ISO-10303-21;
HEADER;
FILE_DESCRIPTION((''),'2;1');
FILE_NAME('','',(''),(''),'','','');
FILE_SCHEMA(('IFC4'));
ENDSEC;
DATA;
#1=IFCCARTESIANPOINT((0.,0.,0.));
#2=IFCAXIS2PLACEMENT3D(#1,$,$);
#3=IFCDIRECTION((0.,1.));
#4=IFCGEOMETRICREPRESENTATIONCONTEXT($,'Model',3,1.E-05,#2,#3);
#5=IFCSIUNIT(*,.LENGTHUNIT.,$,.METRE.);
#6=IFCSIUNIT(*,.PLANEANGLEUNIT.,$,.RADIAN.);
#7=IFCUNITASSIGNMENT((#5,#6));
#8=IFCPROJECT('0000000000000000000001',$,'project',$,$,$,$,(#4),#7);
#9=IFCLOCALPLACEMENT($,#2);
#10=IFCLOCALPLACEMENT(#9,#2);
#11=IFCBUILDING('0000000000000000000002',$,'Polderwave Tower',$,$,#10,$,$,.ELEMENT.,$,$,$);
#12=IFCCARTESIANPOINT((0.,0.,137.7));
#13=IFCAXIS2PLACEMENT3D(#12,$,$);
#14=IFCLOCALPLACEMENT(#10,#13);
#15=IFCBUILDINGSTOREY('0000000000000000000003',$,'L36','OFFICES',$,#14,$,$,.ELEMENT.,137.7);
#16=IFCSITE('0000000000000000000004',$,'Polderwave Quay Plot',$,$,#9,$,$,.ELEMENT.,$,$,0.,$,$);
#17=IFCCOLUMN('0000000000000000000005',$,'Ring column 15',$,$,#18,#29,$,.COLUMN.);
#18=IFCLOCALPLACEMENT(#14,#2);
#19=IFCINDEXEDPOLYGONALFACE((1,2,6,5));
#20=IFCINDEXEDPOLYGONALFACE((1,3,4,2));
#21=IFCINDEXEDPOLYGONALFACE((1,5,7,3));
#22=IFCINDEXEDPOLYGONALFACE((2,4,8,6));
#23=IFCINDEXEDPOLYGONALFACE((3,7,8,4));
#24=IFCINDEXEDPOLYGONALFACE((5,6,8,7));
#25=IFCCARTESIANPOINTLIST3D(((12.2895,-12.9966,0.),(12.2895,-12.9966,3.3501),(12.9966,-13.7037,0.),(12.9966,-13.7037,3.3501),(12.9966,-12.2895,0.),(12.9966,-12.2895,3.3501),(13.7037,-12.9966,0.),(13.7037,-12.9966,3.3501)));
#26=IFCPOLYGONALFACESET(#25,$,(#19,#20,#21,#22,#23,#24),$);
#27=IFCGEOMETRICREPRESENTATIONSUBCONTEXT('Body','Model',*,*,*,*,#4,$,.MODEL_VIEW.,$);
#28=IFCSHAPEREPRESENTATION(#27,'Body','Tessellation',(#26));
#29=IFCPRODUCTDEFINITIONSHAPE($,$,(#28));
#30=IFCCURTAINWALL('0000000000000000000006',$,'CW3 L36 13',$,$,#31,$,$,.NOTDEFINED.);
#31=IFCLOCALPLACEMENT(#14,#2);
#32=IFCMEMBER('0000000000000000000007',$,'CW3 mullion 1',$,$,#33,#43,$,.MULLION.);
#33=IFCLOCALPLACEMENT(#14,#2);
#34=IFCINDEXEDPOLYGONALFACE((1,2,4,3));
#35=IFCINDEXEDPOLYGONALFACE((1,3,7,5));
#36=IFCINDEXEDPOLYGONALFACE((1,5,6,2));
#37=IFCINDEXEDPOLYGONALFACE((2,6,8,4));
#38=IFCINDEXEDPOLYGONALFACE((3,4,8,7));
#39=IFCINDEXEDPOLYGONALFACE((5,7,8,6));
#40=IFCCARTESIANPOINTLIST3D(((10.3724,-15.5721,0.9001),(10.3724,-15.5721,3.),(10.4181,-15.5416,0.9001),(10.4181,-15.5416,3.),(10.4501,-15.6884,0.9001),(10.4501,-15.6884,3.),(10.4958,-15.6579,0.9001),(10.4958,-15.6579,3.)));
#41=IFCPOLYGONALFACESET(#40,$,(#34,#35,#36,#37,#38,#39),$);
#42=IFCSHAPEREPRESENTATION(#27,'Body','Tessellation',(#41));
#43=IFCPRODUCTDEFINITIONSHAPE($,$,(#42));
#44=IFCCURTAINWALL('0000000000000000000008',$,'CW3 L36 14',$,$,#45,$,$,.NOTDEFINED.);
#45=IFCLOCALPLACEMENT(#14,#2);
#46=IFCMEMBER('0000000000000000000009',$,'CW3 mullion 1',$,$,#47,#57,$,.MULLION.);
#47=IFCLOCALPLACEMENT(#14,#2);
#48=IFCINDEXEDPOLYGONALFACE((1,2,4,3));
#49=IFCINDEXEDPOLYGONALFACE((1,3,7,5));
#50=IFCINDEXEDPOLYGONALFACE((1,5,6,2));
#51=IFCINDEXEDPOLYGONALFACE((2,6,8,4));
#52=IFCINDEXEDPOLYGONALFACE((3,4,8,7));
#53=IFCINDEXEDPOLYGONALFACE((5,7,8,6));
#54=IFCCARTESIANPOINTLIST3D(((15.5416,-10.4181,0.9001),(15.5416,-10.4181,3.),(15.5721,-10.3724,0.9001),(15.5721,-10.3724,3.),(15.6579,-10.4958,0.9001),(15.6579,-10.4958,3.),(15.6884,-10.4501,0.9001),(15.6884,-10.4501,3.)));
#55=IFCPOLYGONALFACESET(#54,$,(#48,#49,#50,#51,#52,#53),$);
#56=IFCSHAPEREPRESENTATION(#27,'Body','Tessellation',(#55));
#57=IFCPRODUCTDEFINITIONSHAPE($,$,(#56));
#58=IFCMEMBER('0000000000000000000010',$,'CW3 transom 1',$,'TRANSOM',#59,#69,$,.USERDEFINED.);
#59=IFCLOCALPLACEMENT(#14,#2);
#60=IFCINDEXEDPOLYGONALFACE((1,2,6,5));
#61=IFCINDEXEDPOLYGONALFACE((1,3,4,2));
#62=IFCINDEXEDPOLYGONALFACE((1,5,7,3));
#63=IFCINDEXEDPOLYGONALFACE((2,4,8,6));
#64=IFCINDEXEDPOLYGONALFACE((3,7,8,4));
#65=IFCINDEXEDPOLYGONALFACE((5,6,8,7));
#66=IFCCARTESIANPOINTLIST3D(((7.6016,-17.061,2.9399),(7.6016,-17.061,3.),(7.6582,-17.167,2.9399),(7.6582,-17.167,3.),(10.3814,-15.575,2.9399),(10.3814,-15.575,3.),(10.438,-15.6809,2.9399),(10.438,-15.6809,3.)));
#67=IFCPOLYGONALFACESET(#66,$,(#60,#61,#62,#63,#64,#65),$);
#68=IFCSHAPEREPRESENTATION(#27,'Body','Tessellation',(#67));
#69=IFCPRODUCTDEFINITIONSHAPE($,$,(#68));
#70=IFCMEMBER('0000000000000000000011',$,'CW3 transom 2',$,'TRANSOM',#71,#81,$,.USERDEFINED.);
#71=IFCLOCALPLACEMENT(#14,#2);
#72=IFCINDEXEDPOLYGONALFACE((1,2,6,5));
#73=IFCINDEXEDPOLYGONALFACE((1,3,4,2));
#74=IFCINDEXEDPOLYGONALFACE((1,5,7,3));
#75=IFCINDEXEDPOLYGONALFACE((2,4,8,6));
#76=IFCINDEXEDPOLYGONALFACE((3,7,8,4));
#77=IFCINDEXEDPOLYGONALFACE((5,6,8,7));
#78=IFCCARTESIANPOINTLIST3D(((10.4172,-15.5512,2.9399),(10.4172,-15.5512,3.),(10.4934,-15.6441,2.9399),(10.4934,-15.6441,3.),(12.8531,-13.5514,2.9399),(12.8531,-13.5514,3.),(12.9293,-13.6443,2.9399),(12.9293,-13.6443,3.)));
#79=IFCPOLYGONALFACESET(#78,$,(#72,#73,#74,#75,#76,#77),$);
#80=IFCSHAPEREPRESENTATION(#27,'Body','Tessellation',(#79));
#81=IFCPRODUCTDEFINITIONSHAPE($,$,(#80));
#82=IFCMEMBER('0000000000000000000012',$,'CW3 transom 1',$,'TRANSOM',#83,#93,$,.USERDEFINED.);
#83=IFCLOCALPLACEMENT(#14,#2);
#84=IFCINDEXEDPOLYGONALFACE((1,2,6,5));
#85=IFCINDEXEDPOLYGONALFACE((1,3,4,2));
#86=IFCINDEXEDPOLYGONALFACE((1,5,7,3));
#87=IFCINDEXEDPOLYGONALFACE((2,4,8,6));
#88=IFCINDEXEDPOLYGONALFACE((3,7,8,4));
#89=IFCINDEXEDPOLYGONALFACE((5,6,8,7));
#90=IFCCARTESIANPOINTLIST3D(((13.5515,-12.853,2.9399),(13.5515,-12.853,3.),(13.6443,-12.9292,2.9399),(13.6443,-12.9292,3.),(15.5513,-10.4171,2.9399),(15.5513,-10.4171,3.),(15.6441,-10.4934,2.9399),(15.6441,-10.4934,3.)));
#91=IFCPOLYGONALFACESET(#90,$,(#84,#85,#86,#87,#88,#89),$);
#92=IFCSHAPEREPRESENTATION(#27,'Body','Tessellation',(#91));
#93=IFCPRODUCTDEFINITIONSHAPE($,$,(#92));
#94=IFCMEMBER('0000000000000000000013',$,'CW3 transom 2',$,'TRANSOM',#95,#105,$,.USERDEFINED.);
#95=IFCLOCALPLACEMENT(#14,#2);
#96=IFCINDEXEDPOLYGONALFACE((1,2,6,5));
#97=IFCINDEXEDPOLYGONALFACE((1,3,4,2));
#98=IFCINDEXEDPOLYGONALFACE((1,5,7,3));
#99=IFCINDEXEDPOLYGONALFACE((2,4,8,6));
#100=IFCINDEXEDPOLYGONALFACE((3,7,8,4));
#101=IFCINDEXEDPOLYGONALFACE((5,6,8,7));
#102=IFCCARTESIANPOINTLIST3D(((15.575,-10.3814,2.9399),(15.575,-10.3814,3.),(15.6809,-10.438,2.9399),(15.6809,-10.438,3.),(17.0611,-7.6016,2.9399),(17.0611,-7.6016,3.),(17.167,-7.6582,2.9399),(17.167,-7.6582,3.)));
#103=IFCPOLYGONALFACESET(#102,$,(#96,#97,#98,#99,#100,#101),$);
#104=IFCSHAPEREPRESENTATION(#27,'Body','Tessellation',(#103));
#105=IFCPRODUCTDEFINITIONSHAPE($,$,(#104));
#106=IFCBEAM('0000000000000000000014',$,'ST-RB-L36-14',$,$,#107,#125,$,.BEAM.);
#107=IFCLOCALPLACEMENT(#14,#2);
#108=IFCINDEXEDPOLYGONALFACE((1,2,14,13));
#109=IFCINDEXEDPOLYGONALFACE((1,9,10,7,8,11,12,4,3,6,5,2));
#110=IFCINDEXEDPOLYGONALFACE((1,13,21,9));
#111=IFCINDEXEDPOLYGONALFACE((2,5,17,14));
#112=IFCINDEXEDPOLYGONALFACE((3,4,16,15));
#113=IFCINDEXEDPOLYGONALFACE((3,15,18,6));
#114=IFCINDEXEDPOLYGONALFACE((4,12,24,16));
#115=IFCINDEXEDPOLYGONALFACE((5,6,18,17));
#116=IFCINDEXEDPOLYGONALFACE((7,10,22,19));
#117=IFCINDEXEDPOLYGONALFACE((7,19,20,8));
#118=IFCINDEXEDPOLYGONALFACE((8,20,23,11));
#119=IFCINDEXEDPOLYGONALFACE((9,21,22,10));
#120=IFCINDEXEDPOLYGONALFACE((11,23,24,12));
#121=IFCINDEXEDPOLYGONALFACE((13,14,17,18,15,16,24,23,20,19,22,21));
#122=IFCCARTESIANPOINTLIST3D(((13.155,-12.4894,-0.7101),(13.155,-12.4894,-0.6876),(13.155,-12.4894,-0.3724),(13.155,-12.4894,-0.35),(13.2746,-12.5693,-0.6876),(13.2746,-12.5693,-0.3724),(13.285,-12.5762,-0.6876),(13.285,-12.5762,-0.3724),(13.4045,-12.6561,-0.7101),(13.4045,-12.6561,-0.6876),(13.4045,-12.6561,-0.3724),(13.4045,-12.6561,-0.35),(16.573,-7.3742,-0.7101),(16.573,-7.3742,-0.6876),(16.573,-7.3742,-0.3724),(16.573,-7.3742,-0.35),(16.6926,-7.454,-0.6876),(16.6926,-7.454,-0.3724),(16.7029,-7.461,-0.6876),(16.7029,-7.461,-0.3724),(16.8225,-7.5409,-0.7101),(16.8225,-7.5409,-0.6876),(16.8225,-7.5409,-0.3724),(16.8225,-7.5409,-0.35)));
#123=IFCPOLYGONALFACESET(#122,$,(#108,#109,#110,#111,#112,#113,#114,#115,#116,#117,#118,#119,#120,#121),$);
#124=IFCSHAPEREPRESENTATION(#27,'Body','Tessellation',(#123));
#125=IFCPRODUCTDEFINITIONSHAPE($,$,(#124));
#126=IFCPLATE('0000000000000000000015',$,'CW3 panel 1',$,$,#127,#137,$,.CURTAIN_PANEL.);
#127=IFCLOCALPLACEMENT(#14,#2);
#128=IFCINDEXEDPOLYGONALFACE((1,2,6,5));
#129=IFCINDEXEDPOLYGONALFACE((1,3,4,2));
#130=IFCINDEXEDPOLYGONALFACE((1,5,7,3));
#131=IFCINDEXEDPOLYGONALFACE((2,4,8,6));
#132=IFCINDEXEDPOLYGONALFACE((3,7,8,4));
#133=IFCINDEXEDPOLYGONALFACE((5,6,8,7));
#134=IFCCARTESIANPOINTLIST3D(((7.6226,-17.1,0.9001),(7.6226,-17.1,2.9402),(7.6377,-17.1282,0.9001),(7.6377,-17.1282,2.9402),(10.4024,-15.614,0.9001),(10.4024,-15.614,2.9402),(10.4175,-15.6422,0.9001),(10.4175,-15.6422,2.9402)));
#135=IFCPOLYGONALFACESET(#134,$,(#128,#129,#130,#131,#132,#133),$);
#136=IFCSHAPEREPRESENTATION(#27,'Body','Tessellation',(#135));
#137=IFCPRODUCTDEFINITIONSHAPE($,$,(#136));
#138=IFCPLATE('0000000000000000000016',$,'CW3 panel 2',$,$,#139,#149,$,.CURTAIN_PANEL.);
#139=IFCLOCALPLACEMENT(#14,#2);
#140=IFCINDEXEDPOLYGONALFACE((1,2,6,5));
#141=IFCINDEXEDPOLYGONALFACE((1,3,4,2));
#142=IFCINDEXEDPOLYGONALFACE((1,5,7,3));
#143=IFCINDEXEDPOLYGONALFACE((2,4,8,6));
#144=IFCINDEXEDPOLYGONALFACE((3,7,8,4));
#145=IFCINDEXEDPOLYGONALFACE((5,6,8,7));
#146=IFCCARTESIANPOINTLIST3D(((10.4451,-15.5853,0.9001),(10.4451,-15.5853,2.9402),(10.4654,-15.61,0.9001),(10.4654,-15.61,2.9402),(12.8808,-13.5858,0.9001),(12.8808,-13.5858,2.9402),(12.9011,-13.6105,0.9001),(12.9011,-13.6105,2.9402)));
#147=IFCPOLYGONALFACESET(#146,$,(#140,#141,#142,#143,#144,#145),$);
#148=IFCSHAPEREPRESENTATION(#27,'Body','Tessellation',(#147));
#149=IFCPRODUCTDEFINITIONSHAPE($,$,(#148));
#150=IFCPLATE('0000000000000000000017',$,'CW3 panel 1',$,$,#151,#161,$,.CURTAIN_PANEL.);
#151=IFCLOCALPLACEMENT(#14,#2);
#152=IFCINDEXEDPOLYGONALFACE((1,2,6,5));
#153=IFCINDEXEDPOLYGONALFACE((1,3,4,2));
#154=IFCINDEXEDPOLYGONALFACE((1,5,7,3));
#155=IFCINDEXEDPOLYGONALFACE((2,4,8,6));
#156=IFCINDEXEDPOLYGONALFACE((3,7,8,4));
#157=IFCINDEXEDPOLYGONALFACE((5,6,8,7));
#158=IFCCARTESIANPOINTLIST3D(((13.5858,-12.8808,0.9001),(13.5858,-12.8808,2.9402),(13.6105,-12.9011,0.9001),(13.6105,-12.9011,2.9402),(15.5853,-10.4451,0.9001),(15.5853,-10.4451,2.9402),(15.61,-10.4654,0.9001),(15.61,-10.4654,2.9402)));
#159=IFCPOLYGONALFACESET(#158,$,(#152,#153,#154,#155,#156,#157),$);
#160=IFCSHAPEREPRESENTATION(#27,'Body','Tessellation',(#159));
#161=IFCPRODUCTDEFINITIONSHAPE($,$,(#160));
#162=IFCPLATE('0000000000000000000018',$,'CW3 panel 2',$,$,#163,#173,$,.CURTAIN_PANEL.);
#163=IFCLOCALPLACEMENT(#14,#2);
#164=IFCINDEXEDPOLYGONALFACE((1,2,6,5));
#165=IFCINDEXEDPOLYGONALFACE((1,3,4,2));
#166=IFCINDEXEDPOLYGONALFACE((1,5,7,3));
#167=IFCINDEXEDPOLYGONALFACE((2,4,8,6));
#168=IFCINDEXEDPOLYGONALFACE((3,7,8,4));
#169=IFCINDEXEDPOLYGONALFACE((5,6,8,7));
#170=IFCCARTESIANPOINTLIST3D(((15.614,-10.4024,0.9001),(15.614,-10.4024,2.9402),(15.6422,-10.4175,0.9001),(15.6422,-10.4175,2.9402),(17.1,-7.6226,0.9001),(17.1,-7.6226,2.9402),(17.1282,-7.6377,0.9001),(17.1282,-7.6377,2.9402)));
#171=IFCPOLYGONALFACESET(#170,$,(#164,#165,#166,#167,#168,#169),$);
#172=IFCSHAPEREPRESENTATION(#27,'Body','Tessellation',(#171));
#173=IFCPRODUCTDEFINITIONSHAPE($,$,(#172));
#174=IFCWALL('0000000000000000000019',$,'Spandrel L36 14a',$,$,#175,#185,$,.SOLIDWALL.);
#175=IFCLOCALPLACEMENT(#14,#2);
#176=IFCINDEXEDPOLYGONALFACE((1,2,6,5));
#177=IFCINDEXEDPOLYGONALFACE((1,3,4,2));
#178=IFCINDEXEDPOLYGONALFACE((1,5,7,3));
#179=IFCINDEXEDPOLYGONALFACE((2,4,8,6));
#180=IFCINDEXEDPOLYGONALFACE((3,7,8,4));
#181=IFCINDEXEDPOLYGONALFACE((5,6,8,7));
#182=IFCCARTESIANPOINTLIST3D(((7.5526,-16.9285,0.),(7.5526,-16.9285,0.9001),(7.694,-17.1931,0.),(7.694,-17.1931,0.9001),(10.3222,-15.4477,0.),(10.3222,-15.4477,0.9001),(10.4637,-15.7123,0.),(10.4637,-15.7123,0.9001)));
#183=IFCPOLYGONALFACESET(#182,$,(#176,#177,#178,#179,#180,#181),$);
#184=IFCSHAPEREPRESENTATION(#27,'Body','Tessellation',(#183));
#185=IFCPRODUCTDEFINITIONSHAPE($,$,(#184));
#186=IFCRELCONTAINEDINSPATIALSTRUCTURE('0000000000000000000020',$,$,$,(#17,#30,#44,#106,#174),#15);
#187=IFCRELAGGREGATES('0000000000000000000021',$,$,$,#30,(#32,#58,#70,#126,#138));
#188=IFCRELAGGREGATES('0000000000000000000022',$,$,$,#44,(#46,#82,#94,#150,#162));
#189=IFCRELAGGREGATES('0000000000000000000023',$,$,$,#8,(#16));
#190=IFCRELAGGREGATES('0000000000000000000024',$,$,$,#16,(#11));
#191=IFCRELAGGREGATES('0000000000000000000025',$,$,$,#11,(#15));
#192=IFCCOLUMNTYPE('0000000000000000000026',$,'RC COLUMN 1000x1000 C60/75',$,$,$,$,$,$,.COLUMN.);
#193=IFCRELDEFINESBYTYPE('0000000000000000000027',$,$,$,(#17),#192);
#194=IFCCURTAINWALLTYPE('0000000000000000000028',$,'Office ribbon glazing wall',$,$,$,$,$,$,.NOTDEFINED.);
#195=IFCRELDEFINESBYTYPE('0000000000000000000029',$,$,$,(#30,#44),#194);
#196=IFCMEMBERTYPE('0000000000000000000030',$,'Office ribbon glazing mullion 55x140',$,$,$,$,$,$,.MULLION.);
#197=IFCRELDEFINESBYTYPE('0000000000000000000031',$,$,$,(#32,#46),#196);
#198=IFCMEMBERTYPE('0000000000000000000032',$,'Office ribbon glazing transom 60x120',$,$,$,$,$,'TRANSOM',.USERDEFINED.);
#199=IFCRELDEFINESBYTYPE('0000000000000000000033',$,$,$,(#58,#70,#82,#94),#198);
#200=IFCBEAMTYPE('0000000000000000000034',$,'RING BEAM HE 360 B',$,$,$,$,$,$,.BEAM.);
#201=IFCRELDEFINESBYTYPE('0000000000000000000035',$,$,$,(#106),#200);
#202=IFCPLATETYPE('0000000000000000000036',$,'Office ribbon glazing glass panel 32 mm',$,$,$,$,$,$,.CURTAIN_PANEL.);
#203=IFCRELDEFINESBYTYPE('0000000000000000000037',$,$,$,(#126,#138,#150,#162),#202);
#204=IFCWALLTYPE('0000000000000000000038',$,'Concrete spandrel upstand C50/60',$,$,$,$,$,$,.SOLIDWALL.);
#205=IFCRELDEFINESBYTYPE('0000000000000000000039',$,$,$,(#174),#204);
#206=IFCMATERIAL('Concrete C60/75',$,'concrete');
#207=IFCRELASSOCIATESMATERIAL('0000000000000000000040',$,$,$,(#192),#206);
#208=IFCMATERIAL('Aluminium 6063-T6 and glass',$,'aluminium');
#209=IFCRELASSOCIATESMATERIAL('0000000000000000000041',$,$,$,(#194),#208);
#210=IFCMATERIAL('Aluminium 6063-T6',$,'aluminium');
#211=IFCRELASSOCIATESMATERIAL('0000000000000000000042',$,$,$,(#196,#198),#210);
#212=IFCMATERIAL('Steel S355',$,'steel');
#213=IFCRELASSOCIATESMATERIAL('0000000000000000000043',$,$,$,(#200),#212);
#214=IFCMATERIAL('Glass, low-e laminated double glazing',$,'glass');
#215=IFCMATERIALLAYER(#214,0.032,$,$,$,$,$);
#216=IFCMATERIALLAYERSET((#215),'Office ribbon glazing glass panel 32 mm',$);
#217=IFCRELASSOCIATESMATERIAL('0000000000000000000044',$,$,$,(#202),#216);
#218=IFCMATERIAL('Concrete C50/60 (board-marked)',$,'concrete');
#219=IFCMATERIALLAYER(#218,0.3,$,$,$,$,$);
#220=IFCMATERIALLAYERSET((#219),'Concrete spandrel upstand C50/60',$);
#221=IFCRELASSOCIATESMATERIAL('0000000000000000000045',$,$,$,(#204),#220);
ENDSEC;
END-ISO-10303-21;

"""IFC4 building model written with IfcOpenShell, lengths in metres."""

from ifc_helpers import new_model, si_unit, direction, frame, frame_2d, origin, origin_2d, place, context, subcontext, project, spatial, rectangle, i_section, extrude, material, layer, layer_set, material_profile, profile_set, type_object, element, aggregate, save


model = new_model("IFC4")

# Units and contexts
model_context = context("Model", 3, precision=1e-05, world=origin(), true_north=direction((0.0, 1.0)))
body_context = subcontext(model_context, "Body", "Model", "MODEL_VIEW")
ifc_project = project(units=[si_unit("LENGTHUNIT", "METRE"), si_unit("PLANEANGLEUNIT", "RADIAN")], contexts=[model_context])

# Site, building, storey
site_placement = place(None, origin())
site = spatial("IfcSite", under=ifc_project, at=site_placement, Name="Polderwave Quay Plot", CompositionType="ELEMENT", RefElevation=0.0)
building_placement = place(site_placement, origin())
building = spatial("IfcBuilding", under=site, at=building_placement, Name="Polderwave Tower", CompositionType="ELEMENT")
storey_placement = place(building_placement, frame((0.0, 0.0, 137.7)))
storey = spatial("IfcBuildingStorey", under=building, at=storey_placement, Name="L36", Description="OFFICES", CompositionType="ELEMENT", Elevation=137.7)

# Column
ifc_material_1 = material(Name="Concrete C60/75", Category="concrete")
ifc_material_profile_1 = material_profile(ifc_material_1, rectangle(XDim=1.0, YDim=1.0, at=origin_2d()), Name="RC 1000x1000")
ifc_profile_set_1 = profile_set([ifc_material_profile_1], Name="Concrete C60/75")
column_type = type_object("IfcColumnType", Name="RC COLUMN 1000x1000 C60/75", PredefinedType="COLUMN", material=ifc_profile_set_1)
column_placement = place(storey_placement, frame((12.9966, -12.9966, 0.0), z_axis=(0.0, 0.0, 1.0), x_axis=(0.707107, -0.707107, 0.0)))
element("IfcColumn", 1, at=column_placement, inside=storey, type_object=column_type, Name="Ring column 15", PredefinedType="COLUMN", context=body_context, shape_type="SweptSolid", body=[
    extrude(rectangle(XDim=1.0, YDim=1.0, at=origin_2d()), origin(), (0.0, 0.0, 1.0), 3.3501),
])

# Curtain walls, members
ifc_material_2 = material(Name="Aluminium 6063-T6 and glass", Category="aluminium")
curtain_wall_type = type_object("IfcCurtainWallType", Name="Office ribbon glazing wall", PredefinedType="NOTDEFINED", material=ifc_material_2)
curtain_wall_1_placement = place(storey_placement, origin())
curtain_wall_1 = element("IfcCurtainWall", 2, at=curtain_wall_1_placement, inside=storey, type_object=curtain_wall_type, Name="CW3 L36 13", PredefinedType="NOTDEFINED")
ifc_material_3 = material(Name="Aluminium 6063-T6", Category="aluminium")
ifc_material_profile_2 = material_profile(ifc_material_3, rectangle(XDim=0.1399, YDim=0.0549, at=origin_2d()), Name="AL 55x140")
ifc_profile_set_2 = profile_set([ifc_material_profile_2], Name="Aluminium 6063-T6")
member_type_1 = type_object("IfcMemberType", Name="Office ribbon glazing mullion 55x140", PredefinedType="MULLION", material=ifc_profile_set_2)
member_1_placement = place(storey_placement, frame((10.4341, -15.615, 0.9001), z_axis=(0.0, 0.0, 1.0), x_axis=(-0.555657, 0.831411, 0.0)))
member_1 = element("IfcMember", 3, at=member_1_placement, type_object=member_type_1, Name="CW3 mullion 1", PredefinedType="MULLION", context=body_context, shape_type="SweptSolid", body=[
    extrude(rectangle(XDim=0.1399, YDim=0.0549, at=origin_2d()), origin(), (0.0, 0.0, 1.0), 2.0999),
])
curtain_wall_2_placement = place(storey_placement, origin())
curtain_wall_2 = element("IfcCurtainWall", 4, at=curtain_wall_2_placement, inside=storey, type_object=curtain_wall_type, Name="CW3 L36 14", PredefinedType="NOTDEFINED")
member_2_placement = place(storey_placement, frame((15.615, -10.4341, 0.9001), z_axis=(0.0, 0.0, 1.0), x_axis=(-0.831411, 0.555657, 0.0)))
member_2 = element("IfcMember", 5, at=member_2_placement, type_object=member_type_1, Name="CW3 mullion 1", PredefinedType="MULLION", context=body_context, shape_type="SweptSolid", body=[
    extrude(rectangle(XDim=0.1399, YDim=0.0549, at=origin_2d()), origin(), (0.0, 0.0, 1.0), 2.0999),
])

# Members
ifc_material_profile_3 = material_profile(ifc_material_3, rectangle(XDim=0.1201, YDim=0.0601, at=origin_2d()), Name="AL 60x120")
ifc_profile_set_3 = profile_set([ifc_material_profile_3], Name="Aluminium 6063-T6")
member_type_2 = type_object("IfcMemberType", Name="Office ribbon glazing transom 60x120", ElementType="TRANSOM", PredefinedType="USERDEFINED", material=ifc_profile_set_3)
member_3_placement = place(storey_placement, frame((7.6299, -17.114, 2.97), z_axis=(0.881887, 0.47146, 0.0), x_axis=(-0.47146, 0.881887, 0.0)))
member_3 = element("IfcMember", 6, at=member_3_placement, type_object=member_type_2, Name="CW3 transom 1", ObjectType="TRANSOM", PredefinedType="USERDEFINED", context=body_context, shape_type="SweptSolid", body=[
    extrude(rectangle(XDim=0.1201, YDim=0.0601, at=origin_2d()), origin(), (0.0, 0.0, 1.0), 3.1521),
])
member_4_placement = place(storey_placement, frame((10.4553, -15.5977, 2.97), z_axis=(0.772893, 0.634536, 0.0), x_axis=(-0.634536, 0.772893, 0.0)))
member_4 = element("IfcMember", 7, at=member_4_placement, type_object=member_type_2, Name="CW3 transom 2", ObjectType="TRANSOM", PredefinedType="USERDEFINED", context=body_context, shape_type="SweptSolid", body=[
    extrude(rectangle(XDim=0.1201, YDim=0.0601, at=origin_2d()), origin(), (0.0, 0.0, 1.0), 3.1516),
])
member_5_placement = place(storey_placement, frame((13.5979, -12.8911, 2.97), z_axis=(0.634536, 0.772893, 0.0), x_axis=(-0.772893, 0.634536, 0.0)))
member_5 = element("IfcMember", 8, at=member_5_placement, type_object=member_type_2, Name="CW3 transom 1", ObjectType="TRANSOM", PredefinedType="USERDEFINED", context=body_context, shape_type="SweptSolid", body=[
    extrude(rectangle(XDim=0.1201, YDim=0.0601, at=origin_2d()), origin(), (0.0, 0.0, 1.0), 3.1516),
])
member_6_placement = place(storey_placement, frame((15.6279, -10.4097, 2.97), z_axis=(0.47146, 0.881887, 0.0), x_axis=(-0.881887, 0.47146, 0.0)))
member_6 = element("IfcMember", 9, at=member_6_placement, type_object=member_type_2, Name="CW3 transom 2", ObjectType="TRANSOM", PredefinedType="USERDEFINED", context=body_context, shape_type="SweptSolid", body=[
    extrude(rectangle(XDim=0.1201, YDim=0.0601, at=origin_2d()), origin(), (0.0, 0.0, 1.0), 3.1521),
])

# Beam
ifc_material_4 = material(Name="Steel S355", Category="steel")
ifc_material_profile_4 = material_profile(ifc_material_4, i_section(OverallWidth=0.3, OverallDepth=0.3601, WebThickness=0.0125, FlangeThickness=0.0225, at=origin_2d()), Name="HE 360 B")
ifc_profile_set_4 = profile_set([ifc_material_profile_4], Name="Steel S355")
beam_type = type_object("IfcBeamType", Name="RING BEAM HE 360 B", PredefinedType="BEAM", material=ifc_profile_set_4)
beam_placement = place(storey_placement, frame((13.2798, -12.5728, -0.53), z_axis=(0.555579, 0.831464, 0.0), x_axis=(-0.831464, 0.555579, 0.0)))
element("IfcBeam", 10, at=beam_placement, inside=storey, type_object=beam_type, Name="ST-RB-L36-14", PredefinedType="BEAM", context=body_context, shape_type="SweptSolid", body=[
    extrude(i_section(OverallWidth=0.3, OverallDepth=0.3601, WebThickness=0.0125, FlangeThickness=0.0225, at=origin_2d()), origin(), (0.0, 0.0, 1.0), 6.1521),
])

# Plates
ifc_material_5 = material(Name="Glass, low-e laminated double glazing", Category="glass")
ifc_layer_1 = layer(ifc_material_5, 0.032)
ifc_layer_set_1 = layer_set([ifc_layer_1], Name="Office ribbon glazing glass panel 32 mm")
plate_type = type_object("IfcPlateType", Name="Office ribbon glazing glass panel 32 mm", PredefinedType="CURTAIN_PANEL", material=ifc_layer_set_1)
plate_1_placement = place(storey_placement, frame((9.02, -16.3711, 0.9001), z_axis=(0.0, 0.0, 1.0), x_axis=(0.881891, 0.471454, 0.0)))
plate_1 = element("IfcPlate", 11, at=plate_1_placement, type_object=plate_type, Name="CW3 panel 1", PredefinedType="CURTAIN_PANEL", context=body_context, shape_type="SweptSolid", body=[
    extrude(rectangle(XDim=3.1521, YDim=0.032, at=origin_2d()), origin(), (0.0, 0.0, 1.0), 2.04),
])
plate_2_placement = place(storey_placement, frame((11.6731, -14.5979, 0.9001), z_axis=(0.0, 0.0, 1.0), x_axis=(0.772919, 0.634505, 0.0)))
plate_2 = element("IfcPlate", 12, at=plate_2_placement, type_object=plate_type, Name="CW3 panel 2", PredefinedType="CURTAIN_PANEL", context=body_context, shape_type="SweptSolid", body=[
    extrude(rectangle(XDim=3.1514, YDim=0.032, at=origin_2d()), origin(), (0.0, 0.0, 1.0), 2.04),
])
aggregate(curtain_wall_1, [member_1, member_3, member_4, plate_1, plate_2])
plate_3_placement = place(storey_placement, frame((14.5979, -11.6731, 0.9001), z_axis=(0.0, 0.0, 1.0), x_axis=(0.634505, 0.772919, 0.0)))
plate_3 = element("IfcPlate", 13, at=plate_3_placement, type_object=plate_type, Name="CW3 panel 1", PredefinedType="CURTAIN_PANEL", context=body_context, shape_type="SweptSolid", body=[
    extrude(rectangle(XDim=3.1514, YDim=0.032, at=origin_2d()), origin(), (0.0, 0.0, 1.0), 2.04),
])
plate_4_placement = place(storey_placement, frame((16.3711, -9.02, 0.9001), z_axis=(0.0, 0.0, 1.0), x_axis=(0.471454, 0.881891, 0.0)))
plate_4 = element("IfcPlate", 14, at=plate_4_placement, type_object=plate_type, Name="CW3 panel 2", PredefinedType="CURTAIN_PANEL", context=body_context, shape_type="SweptSolid", body=[
    extrude(rectangle(XDim=3.1521, YDim=0.032, at=origin_2d()), origin(), (0.0, 0.0, 1.0), 2.04),
])
aggregate(curtain_wall_2, [member_2, member_5, member_6, plate_3, plate_4])

# Wall
ifc_material_6 = material(Name="Concrete C50/60 (board-marked)", Category="concrete")
ifc_layer_2 = layer(ifc_material_6, 0.3)
ifc_layer_set_2 = layer_set([ifc_layer_2], Name="Concrete spandrel upstand C50/60")
wall_type = type_object("IfcWallType", Name="Concrete spandrel upstand C50/60", PredefinedType="SOLIDWALL", material=ifc_layer_set_2)
for number, where, z_axis, x_axis, name in (
    (15, (7.6233, -17.0608, 0.0), (0.0, 0.0, 1.0), (0.881873, 0.471488, 0.0), "Spandrel L36 14a"),
):
    element("IfcWall", number, at=place(storey_placement, frame(where, z_axis=z_axis, x_axis=x_axis)), inside=storey, type_object=wall_type, Name=name, PredefinedType="SOLIDWALL", context=body_context, shape_type="SweptSolid", body=[
        extrude(rectangle(XDim=3.1406, YDim=0.3, at=frame_2d((1.5703, 0.0))), origin(), (0.0, 0.0, 1.0), 0.9001),
    ])

save(model, "model.ifc")
